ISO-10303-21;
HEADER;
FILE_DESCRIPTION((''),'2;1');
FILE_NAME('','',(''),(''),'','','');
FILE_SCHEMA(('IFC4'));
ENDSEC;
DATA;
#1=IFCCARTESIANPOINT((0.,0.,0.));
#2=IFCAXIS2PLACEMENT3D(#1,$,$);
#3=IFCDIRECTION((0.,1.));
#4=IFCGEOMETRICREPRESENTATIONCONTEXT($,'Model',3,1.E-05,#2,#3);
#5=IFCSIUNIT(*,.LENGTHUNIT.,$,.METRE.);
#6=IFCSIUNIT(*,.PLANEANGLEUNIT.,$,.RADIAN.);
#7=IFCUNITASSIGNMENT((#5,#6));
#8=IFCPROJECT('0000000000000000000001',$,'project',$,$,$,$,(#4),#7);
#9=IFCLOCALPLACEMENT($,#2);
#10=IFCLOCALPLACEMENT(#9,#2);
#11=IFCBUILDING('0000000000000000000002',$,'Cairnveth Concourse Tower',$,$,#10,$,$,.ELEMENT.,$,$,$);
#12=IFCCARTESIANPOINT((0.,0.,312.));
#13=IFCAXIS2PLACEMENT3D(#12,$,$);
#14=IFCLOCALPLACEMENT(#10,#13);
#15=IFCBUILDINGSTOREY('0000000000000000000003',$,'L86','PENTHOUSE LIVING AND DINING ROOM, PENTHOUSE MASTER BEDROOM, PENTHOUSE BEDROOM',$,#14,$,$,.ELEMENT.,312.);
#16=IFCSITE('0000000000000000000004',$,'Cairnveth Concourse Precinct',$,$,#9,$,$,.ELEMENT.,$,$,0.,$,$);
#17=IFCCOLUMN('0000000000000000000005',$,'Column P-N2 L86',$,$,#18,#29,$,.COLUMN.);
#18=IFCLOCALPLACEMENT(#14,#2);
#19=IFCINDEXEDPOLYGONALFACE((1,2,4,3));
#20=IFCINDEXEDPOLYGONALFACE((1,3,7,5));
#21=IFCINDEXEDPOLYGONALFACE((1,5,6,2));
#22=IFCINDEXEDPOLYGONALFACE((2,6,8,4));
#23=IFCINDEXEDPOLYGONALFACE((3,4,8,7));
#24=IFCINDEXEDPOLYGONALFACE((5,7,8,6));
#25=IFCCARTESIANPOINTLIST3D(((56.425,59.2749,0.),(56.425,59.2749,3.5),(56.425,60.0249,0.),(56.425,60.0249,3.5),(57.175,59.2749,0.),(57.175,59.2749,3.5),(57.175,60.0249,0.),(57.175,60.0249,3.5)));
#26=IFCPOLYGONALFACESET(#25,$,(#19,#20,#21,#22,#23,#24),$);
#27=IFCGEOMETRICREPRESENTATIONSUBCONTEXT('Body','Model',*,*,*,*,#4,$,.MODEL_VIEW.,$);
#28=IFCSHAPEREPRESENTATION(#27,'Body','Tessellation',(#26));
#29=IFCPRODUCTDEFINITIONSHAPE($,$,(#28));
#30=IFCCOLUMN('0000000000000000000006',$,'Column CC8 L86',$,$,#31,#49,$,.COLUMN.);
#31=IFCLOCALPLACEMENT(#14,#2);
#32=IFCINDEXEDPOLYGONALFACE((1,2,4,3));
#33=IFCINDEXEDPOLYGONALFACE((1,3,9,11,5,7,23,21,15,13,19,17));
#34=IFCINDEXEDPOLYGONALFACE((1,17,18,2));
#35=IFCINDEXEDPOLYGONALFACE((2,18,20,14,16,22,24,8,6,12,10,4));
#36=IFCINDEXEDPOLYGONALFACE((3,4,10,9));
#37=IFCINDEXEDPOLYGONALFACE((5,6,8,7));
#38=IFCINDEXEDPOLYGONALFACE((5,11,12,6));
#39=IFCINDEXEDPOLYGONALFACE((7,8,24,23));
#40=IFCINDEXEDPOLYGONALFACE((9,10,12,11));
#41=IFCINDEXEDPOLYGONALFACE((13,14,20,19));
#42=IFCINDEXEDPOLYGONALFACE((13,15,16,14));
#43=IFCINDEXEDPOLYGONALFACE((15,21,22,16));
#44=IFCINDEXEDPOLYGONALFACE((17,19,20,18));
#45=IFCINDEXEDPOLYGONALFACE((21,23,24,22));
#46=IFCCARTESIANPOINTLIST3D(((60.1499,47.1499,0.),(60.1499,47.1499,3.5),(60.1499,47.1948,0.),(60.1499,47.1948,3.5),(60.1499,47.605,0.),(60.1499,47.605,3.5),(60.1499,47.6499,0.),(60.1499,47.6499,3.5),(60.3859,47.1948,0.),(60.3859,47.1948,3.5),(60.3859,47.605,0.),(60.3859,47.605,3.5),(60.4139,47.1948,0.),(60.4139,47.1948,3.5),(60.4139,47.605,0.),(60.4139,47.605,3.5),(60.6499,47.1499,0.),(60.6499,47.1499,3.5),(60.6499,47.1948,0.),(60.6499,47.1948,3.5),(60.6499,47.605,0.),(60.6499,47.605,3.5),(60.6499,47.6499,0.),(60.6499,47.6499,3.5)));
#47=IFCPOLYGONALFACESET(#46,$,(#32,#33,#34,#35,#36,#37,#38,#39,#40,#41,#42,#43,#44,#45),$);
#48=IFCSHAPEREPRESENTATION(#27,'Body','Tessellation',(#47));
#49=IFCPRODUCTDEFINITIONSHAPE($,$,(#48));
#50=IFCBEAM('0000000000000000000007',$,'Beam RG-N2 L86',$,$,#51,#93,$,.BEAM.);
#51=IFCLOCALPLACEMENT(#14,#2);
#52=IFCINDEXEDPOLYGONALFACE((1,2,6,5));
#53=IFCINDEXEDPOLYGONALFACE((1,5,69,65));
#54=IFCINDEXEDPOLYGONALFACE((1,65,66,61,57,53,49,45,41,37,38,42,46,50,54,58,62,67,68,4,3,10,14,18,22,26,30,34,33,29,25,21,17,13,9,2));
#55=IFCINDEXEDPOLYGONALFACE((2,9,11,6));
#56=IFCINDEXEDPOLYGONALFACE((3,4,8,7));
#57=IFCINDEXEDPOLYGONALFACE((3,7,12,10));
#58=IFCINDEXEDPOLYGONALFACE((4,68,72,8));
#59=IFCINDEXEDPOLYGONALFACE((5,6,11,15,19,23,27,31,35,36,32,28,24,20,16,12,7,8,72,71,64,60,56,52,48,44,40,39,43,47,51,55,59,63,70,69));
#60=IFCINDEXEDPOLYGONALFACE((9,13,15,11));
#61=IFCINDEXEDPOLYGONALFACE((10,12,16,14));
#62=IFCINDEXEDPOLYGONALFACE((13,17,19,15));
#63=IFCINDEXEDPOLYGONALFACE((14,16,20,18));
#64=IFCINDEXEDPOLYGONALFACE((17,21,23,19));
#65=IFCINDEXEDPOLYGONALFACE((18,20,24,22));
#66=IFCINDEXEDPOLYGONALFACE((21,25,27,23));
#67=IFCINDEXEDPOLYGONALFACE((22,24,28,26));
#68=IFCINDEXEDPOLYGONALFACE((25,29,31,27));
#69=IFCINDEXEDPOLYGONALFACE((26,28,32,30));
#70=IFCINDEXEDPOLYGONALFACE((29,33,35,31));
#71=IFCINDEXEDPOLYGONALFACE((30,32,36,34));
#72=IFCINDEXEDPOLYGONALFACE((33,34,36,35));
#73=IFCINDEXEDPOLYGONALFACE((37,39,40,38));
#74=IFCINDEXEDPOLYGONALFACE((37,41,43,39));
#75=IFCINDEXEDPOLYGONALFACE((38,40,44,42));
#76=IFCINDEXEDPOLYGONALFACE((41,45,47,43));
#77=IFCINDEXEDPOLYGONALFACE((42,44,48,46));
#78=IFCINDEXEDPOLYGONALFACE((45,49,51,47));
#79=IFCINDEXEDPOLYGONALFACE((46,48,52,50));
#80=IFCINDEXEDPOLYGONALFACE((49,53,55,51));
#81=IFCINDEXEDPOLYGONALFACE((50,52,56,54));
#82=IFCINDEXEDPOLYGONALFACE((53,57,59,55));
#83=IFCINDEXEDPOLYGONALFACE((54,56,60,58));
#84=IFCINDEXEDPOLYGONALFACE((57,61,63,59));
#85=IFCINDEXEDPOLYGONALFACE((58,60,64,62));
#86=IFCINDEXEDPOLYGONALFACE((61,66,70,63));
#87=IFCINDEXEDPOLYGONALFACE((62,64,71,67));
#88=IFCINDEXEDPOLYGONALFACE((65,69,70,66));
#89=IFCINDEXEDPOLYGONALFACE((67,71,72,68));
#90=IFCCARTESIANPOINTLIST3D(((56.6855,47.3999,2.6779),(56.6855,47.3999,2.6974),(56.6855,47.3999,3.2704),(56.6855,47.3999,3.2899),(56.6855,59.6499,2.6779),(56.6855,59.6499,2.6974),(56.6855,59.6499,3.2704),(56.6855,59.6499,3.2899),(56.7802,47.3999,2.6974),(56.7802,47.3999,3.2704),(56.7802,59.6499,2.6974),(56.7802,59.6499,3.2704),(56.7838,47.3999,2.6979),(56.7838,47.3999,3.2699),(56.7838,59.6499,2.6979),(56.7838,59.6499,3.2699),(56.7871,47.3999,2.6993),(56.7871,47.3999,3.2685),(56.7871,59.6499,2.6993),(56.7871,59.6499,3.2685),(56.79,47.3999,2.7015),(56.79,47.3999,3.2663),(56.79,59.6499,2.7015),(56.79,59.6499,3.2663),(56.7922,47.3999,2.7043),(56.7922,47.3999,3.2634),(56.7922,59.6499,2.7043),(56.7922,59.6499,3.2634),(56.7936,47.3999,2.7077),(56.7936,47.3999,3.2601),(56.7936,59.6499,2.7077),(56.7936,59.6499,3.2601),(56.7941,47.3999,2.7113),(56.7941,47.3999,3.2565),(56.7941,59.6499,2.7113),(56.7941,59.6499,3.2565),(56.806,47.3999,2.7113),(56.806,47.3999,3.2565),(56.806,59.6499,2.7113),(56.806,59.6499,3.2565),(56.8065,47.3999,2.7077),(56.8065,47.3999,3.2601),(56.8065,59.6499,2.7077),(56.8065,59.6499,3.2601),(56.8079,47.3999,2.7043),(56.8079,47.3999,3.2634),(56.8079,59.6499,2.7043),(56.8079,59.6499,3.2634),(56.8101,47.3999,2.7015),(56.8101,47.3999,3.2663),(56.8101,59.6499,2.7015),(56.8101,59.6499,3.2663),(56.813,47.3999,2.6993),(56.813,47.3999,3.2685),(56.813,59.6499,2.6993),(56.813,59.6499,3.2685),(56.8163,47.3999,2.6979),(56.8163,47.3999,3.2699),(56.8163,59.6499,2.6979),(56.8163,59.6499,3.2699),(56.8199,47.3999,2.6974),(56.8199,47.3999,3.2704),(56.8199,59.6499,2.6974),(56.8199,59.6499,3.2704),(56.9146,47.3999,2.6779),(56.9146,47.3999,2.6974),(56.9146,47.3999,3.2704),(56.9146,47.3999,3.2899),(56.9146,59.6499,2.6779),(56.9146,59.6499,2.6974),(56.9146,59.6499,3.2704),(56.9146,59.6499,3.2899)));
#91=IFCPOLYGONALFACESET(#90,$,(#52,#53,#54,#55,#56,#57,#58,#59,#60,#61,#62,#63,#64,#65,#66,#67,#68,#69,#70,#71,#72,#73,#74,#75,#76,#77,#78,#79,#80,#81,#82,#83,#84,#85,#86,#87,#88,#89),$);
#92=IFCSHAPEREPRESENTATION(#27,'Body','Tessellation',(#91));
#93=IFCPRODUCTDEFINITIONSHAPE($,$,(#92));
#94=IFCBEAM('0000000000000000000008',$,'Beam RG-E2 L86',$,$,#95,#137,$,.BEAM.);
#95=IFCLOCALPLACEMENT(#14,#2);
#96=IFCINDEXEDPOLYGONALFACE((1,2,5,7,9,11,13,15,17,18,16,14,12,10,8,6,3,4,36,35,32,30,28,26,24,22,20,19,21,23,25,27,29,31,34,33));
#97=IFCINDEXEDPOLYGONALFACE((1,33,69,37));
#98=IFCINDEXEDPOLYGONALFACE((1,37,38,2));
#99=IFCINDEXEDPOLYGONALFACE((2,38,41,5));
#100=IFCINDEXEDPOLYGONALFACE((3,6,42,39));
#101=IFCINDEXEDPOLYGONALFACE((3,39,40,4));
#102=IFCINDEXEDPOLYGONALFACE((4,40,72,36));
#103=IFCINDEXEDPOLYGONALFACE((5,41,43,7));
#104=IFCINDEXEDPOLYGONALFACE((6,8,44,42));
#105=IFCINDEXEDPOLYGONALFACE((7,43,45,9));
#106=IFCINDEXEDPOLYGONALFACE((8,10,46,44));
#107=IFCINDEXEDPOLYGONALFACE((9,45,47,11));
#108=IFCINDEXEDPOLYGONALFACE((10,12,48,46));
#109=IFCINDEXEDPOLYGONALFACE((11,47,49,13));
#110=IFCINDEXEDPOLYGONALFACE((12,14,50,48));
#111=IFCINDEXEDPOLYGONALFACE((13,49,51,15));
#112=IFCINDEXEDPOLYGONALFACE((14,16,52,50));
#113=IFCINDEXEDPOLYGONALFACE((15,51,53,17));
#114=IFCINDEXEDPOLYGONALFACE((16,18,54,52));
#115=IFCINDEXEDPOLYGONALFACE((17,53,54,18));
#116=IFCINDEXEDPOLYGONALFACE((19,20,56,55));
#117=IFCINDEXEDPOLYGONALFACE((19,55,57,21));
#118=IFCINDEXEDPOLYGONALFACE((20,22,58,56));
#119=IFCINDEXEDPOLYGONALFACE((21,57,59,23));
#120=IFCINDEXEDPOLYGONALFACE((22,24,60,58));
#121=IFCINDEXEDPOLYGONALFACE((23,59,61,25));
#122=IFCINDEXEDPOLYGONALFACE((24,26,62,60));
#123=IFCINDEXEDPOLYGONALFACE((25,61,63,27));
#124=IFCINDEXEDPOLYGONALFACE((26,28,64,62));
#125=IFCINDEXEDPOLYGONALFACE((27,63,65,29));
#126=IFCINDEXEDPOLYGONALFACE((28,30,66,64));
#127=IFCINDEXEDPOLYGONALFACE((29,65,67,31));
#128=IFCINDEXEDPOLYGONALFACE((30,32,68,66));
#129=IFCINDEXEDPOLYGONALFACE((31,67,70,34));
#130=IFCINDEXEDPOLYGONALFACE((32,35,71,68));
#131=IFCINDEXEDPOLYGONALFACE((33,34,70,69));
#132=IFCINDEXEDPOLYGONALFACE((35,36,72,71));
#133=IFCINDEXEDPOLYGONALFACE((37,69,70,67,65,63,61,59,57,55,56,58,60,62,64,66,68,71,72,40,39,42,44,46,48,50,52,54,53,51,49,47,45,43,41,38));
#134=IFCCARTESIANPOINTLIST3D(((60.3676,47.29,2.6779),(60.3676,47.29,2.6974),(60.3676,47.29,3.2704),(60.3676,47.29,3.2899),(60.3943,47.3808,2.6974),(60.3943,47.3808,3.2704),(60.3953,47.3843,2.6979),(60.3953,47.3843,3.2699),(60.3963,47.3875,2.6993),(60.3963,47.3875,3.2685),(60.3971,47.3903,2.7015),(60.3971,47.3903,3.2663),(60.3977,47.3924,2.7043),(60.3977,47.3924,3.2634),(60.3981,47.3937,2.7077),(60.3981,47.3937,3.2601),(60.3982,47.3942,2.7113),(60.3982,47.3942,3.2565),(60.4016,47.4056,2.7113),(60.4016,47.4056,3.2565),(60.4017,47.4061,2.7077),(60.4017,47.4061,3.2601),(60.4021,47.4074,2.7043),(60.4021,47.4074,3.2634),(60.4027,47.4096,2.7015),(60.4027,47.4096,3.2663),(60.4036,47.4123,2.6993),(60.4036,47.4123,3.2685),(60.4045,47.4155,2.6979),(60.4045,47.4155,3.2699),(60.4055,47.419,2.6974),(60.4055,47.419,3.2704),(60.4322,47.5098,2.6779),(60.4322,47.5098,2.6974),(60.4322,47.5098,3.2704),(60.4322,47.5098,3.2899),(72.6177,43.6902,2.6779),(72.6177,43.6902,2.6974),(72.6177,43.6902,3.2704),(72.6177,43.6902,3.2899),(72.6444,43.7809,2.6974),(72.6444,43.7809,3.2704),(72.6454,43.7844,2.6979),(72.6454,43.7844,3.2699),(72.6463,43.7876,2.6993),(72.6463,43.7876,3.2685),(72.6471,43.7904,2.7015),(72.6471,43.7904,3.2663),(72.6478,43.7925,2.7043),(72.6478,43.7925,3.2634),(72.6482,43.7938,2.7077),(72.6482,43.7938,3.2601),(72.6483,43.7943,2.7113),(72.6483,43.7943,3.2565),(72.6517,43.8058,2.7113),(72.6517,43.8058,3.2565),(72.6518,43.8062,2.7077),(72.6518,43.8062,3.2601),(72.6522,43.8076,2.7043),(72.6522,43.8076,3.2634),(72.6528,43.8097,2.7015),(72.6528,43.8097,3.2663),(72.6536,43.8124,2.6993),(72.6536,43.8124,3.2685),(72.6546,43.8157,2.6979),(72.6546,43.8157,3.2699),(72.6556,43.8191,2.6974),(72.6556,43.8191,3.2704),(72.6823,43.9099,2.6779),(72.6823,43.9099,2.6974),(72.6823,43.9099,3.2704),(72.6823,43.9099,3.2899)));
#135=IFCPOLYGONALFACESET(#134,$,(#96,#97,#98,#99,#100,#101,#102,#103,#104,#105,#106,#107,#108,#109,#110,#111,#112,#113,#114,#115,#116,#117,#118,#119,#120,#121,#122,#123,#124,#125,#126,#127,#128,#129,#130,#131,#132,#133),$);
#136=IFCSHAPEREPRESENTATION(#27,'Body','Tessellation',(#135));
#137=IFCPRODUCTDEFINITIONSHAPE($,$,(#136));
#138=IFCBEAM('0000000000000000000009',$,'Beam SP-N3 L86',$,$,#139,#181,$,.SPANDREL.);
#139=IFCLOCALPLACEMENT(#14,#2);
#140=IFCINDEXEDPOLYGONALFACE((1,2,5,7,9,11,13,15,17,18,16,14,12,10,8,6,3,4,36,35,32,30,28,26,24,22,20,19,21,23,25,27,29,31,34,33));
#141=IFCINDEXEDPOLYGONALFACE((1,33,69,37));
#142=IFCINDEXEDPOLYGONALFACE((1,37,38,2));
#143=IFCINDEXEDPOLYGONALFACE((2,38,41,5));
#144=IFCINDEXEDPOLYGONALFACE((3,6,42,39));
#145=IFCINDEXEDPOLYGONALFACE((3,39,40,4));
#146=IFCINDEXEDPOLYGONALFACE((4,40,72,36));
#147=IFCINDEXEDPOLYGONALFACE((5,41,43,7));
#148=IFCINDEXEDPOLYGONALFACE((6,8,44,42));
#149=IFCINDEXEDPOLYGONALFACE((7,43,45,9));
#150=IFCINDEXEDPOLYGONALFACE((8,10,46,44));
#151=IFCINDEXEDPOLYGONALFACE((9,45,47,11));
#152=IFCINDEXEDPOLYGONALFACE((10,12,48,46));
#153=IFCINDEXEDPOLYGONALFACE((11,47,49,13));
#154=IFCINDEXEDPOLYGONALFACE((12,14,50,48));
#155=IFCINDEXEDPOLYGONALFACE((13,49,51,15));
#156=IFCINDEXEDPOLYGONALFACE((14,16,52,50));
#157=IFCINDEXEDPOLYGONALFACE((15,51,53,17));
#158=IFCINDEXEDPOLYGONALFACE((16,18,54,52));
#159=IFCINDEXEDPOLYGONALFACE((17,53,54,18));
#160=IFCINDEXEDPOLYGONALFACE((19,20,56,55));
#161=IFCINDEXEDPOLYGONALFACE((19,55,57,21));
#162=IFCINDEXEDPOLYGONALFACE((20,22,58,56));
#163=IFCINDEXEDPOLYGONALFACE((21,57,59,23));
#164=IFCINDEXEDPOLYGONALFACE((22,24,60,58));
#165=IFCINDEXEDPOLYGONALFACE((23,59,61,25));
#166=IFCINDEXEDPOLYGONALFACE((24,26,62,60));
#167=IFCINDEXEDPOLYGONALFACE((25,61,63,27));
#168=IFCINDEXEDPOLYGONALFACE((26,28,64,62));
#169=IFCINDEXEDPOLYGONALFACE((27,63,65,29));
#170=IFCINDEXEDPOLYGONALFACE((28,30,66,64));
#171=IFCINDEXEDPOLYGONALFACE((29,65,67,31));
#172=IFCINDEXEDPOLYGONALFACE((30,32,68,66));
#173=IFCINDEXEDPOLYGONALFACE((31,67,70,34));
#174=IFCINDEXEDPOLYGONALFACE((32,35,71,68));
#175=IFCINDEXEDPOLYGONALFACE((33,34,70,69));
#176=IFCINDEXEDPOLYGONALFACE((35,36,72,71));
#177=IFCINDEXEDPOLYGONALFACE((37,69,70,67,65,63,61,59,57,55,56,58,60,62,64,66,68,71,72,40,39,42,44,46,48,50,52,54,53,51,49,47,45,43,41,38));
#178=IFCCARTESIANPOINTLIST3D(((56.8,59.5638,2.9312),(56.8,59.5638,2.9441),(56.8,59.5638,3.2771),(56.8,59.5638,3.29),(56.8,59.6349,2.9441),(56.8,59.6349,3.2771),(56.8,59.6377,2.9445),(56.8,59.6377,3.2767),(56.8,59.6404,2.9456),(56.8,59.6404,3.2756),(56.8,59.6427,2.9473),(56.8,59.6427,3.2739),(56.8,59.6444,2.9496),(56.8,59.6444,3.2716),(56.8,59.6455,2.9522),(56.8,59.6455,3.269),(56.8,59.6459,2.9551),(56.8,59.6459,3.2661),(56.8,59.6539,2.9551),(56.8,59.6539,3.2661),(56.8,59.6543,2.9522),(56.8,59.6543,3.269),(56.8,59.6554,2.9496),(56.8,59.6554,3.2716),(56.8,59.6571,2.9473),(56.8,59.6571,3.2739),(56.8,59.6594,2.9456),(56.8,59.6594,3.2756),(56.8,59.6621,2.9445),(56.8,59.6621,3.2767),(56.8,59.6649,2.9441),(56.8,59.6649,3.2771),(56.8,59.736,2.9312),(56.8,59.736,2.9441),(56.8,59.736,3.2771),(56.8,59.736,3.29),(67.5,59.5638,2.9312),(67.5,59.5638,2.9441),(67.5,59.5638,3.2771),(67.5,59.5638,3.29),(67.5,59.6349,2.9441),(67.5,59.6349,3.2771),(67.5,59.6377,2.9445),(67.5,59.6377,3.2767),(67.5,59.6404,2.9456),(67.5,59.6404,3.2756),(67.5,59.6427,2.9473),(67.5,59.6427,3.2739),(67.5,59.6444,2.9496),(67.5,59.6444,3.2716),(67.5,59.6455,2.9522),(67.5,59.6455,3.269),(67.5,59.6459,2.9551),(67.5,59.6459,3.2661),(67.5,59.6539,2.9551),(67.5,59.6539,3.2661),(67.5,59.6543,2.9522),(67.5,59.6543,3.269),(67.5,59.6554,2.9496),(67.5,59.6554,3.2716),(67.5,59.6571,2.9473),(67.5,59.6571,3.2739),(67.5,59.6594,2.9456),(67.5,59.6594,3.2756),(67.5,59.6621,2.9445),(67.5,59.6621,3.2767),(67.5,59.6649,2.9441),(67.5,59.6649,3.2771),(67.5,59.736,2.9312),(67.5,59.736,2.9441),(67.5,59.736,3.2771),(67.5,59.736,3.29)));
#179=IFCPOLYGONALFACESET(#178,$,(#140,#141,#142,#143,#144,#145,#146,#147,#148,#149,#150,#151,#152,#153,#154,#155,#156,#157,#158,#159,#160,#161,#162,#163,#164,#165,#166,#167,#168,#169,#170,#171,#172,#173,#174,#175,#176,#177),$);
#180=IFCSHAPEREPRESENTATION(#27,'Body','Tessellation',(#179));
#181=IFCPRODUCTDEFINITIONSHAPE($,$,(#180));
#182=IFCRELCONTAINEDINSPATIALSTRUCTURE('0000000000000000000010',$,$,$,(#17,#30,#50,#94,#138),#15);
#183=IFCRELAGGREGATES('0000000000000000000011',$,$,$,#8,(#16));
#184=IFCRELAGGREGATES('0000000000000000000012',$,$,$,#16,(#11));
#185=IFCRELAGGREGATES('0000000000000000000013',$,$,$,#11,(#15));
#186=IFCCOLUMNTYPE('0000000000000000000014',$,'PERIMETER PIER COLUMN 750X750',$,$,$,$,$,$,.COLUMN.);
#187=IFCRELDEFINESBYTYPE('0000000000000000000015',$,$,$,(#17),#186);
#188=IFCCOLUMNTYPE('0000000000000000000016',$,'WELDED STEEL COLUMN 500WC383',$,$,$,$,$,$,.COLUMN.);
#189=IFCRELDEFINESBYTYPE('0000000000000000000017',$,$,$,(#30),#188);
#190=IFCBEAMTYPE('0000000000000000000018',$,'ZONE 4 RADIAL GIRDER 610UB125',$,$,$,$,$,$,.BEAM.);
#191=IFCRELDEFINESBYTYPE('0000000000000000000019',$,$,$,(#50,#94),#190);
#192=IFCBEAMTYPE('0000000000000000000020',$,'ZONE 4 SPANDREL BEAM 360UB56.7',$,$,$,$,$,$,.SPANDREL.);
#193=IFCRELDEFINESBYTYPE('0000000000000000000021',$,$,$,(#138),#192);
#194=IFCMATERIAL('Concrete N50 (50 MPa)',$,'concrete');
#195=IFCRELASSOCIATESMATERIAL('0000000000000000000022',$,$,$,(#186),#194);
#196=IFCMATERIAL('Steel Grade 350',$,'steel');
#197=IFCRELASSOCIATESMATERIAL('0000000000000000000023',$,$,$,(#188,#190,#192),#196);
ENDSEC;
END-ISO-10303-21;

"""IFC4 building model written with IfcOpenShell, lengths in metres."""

from ifc_helpers import new_model, si_unit, direction, frame, origin, origin_2d, place, context, subcontext, project, spatial, rectangle, i_section, extrude, material, material_profile, profile_set, type_object, element, save


model = new_model("IFC4")

# Units and contexts
model_context = context("Model", 3, precision=1e-05, world=origin(), true_north=direction((0.0, 1.0)))
body_context = subcontext(model_context, "Body", "Model", "MODEL_VIEW")
ifc_project = project(units=[si_unit("LENGTHUNIT", "METRE"), si_unit("PLANEANGLEUNIT", "RADIAN")], contexts=[model_context])

# Site, building, storey
site_placement = place(None, origin())
site = spatial("IfcSite", under=ifc_project, at=site_placement, Name="Cairnveth Concourse Precinct", CompositionType="ELEMENT", RefElevation=0.0)
building_placement = place(site_placement, origin())
building = spatial("IfcBuilding", under=site, at=building_placement, Name="Cairnveth Concourse Tower", CompositionType="ELEMENT")
storey_placement = place(building_placement, frame((0.0, 0.0, 312.0)))
storey = spatial("IfcBuildingStorey", under=building, at=storey_placement, Name="L86", Description="PENTHOUSE LIVING AND DINING ROOM, PENTHOUSE MASTER BEDROOM, PENTHOUSE BEDROOM", CompositionType="ELEMENT", Elevation=312.0)

# Columns
ifc_material_1 = material(Name="Concrete N50 (50 MPa)", Category="concrete")
ifc_material_profile_1 = material_profile(ifc_material_1, rectangle(XDim=0.75, YDim=0.75, at=origin_2d()), Name="RC-COL-750x750")
ifc_profile_set_1 = profile_set([ifc_material_profile_1], Name="Concrete N50 (50 MPa)")
column_type_1 = type_object("IfcColumnType", Name="PERIMETER PIER COLUMN 750X750", PredefinedType="COLUMN", material=ifc_profile_set_1)
column_1_placement = place(storey_placement, frame((56.8, 59.6499, 0.0), z_axis=(0.0, 0.0, 1.0), x_axis=(1.0, 0.0, 0.0)))
element("IfcColumn", 1, at=column_1_placement, inside=storey, type_object=column_type_1, Name="Column P-N2 L86", PredefinedType="COLUMN", context=body_context, shape_type="SweptSolid", body=[
    extrude(rectangle(XDim=0.75, YDim=0.75, at=origin_2d()), origin(), (0.0, 0.0, 1.0), 3.5),
])
ifc_material_2 = material(Name="Steel Grade 350", Category="steel")
ifc_material_profile_2 = material_profile(ifc_material_2, i_section(OverallWidth=0.5, OverallDepth=0.5, WebThickness=0.0281, FlangeThickness=0.0449, at=origin_2d()), Name="500WC383")
ifc_profile_set_2 = profile_set([ifc_material_profile_2], Name="Steel Grade 350")
column_type_2 = type_object("IfcColumnType", Name="WELDED STEEL COLUMN 500WC383", PredefinedType="COLUMN", material=ifc_profile_set_2)
column_2_placement = place(storey_placement, frame((60.3999, 47.3999, 0.0), z_axis=(0.0, 0.0, 1.0), x_axis=(1.0, 0.0, 0.0)))
element("IfcColumn", 2, at=column_2_placement, inside=storey, type_object=column_type_2, Name="Column CC8 L86", PredefinedType="COLUMN", context=body_context, shape_type="SweptSolid", body=[
    extrude(i_section(OverallWidth=0.5, OverallDepth=0.5, WebThickness=0.0281, FlangeThickness=0.0449, at=origin_2d()), origin(), (0.0, 0.0, 1.0), 3.5),
])

# Beams
ifc_material_profile_3 = material_profile(ifc_material_2, i_section(OverallWidth=0.229, OverallDepth=0.6121, WebThickness=0.012, FlangeThickness=0.0195, FilletRadius=0.0139, at=origin_2d()), Name="610UB125")
ifc_profile_set_3 = profile_set([ifc_material_profile_3], Name="Steel Grade 350")
beam_type_1 = type_object("IfcBeamType", Name="ZONE 4 RADIAL GIRDER 610UB125", PredefinedType="BEAM", material=ifc_profile_set_3)
beam_1_placement = place(storey_placement, frame((56.8, 47.3999, 2.9839), z_axis=(0.0, 1.0, 0.0), x_axis=(-1.0, 0.0, 0.0)))
element("IfcBeam", 3, at=beam_1_placement, inside=storey, type_object=beam_type_1, Name="Beam RG-N2 L86", PredefinedType="BEAM", context=body_context, shape_type="SweptSolid", body=[
    extrude(i_section(OverallWidth=0.229, OverallDepth=0.6121, WebThickness=0.012, FlangeThickness=0.0195, FilletRadius=0.0139, at=origin_2d()), origin(), (0.0, 0.0, 1.0), 12.25),
])
beam_2_placement = place(storey_placement, frame((60.3999, 47.3999, 2.9839), z_axis=(0.959431, -0.281944, 0.0), x_axis=(0.281944, 0.959431, 0.0)))
element("IfcBeam", 4, at=beam_2_placement, inside=storey, type_object=beam_type_1, Name="Beam RG-E2 L86", PredefinedType="BEAM", context=body_context, shape_type="SweptSolid", body=[
    extrude(i_section(OverallWidth=0.229, OverallDepth=0.6121, WebThickness=0.012, FlangeThickness=0.0195, FilletRadius=0.0139, at=origin_2d()), origin(), (0.0, 0.0, 1.0), 12.7681),
])
ifc_material_profile_4 = material_profile(ifc_material_2, i_section(OverallWidth=0.1721, OverallDepth=0.3589, WebThickness=0.0081, FlangeThickness=0.0129, FilletRadius=0.011, at=origin_2d()), Name="360UB56.7")
ifc_profile_set_4 = profile_set([ifc_material_profile_4], Name="Steel Grade 350")
beam_type_2 = type_object("IfcBeamType", Name="ZONE 4 SPANDREL BEAM 360UB56.7", PredefinedType="SPANDREL", material=ifc_profile_set_4)
beam_3_placement = place(storey_placement, frame((56.8, 59.6499, 3.1106), z_axis=(1.0, 0.0, 0.0), x_axis=(0.0, 1.0, 0.0)))
element("IfcBeam", 5, at=beam_3_placement, inside=storey, type_object=beam_type_2, Name="Beam SP-N3 L86", PredefinedType="SPANDREL", context=body_context, shape_type="SweptSolid", body=[
    extrude(i_section(OverallWidth=0.1721, OverallDepth=0.3589, WebThickness=0.0081, FlangeThickness=0.0129, FilletRadius=0.011, at=origin_2d()), origin(), (0.0, 0.0, 1.0), 10.7),
])

save(model, "model.ifc")
